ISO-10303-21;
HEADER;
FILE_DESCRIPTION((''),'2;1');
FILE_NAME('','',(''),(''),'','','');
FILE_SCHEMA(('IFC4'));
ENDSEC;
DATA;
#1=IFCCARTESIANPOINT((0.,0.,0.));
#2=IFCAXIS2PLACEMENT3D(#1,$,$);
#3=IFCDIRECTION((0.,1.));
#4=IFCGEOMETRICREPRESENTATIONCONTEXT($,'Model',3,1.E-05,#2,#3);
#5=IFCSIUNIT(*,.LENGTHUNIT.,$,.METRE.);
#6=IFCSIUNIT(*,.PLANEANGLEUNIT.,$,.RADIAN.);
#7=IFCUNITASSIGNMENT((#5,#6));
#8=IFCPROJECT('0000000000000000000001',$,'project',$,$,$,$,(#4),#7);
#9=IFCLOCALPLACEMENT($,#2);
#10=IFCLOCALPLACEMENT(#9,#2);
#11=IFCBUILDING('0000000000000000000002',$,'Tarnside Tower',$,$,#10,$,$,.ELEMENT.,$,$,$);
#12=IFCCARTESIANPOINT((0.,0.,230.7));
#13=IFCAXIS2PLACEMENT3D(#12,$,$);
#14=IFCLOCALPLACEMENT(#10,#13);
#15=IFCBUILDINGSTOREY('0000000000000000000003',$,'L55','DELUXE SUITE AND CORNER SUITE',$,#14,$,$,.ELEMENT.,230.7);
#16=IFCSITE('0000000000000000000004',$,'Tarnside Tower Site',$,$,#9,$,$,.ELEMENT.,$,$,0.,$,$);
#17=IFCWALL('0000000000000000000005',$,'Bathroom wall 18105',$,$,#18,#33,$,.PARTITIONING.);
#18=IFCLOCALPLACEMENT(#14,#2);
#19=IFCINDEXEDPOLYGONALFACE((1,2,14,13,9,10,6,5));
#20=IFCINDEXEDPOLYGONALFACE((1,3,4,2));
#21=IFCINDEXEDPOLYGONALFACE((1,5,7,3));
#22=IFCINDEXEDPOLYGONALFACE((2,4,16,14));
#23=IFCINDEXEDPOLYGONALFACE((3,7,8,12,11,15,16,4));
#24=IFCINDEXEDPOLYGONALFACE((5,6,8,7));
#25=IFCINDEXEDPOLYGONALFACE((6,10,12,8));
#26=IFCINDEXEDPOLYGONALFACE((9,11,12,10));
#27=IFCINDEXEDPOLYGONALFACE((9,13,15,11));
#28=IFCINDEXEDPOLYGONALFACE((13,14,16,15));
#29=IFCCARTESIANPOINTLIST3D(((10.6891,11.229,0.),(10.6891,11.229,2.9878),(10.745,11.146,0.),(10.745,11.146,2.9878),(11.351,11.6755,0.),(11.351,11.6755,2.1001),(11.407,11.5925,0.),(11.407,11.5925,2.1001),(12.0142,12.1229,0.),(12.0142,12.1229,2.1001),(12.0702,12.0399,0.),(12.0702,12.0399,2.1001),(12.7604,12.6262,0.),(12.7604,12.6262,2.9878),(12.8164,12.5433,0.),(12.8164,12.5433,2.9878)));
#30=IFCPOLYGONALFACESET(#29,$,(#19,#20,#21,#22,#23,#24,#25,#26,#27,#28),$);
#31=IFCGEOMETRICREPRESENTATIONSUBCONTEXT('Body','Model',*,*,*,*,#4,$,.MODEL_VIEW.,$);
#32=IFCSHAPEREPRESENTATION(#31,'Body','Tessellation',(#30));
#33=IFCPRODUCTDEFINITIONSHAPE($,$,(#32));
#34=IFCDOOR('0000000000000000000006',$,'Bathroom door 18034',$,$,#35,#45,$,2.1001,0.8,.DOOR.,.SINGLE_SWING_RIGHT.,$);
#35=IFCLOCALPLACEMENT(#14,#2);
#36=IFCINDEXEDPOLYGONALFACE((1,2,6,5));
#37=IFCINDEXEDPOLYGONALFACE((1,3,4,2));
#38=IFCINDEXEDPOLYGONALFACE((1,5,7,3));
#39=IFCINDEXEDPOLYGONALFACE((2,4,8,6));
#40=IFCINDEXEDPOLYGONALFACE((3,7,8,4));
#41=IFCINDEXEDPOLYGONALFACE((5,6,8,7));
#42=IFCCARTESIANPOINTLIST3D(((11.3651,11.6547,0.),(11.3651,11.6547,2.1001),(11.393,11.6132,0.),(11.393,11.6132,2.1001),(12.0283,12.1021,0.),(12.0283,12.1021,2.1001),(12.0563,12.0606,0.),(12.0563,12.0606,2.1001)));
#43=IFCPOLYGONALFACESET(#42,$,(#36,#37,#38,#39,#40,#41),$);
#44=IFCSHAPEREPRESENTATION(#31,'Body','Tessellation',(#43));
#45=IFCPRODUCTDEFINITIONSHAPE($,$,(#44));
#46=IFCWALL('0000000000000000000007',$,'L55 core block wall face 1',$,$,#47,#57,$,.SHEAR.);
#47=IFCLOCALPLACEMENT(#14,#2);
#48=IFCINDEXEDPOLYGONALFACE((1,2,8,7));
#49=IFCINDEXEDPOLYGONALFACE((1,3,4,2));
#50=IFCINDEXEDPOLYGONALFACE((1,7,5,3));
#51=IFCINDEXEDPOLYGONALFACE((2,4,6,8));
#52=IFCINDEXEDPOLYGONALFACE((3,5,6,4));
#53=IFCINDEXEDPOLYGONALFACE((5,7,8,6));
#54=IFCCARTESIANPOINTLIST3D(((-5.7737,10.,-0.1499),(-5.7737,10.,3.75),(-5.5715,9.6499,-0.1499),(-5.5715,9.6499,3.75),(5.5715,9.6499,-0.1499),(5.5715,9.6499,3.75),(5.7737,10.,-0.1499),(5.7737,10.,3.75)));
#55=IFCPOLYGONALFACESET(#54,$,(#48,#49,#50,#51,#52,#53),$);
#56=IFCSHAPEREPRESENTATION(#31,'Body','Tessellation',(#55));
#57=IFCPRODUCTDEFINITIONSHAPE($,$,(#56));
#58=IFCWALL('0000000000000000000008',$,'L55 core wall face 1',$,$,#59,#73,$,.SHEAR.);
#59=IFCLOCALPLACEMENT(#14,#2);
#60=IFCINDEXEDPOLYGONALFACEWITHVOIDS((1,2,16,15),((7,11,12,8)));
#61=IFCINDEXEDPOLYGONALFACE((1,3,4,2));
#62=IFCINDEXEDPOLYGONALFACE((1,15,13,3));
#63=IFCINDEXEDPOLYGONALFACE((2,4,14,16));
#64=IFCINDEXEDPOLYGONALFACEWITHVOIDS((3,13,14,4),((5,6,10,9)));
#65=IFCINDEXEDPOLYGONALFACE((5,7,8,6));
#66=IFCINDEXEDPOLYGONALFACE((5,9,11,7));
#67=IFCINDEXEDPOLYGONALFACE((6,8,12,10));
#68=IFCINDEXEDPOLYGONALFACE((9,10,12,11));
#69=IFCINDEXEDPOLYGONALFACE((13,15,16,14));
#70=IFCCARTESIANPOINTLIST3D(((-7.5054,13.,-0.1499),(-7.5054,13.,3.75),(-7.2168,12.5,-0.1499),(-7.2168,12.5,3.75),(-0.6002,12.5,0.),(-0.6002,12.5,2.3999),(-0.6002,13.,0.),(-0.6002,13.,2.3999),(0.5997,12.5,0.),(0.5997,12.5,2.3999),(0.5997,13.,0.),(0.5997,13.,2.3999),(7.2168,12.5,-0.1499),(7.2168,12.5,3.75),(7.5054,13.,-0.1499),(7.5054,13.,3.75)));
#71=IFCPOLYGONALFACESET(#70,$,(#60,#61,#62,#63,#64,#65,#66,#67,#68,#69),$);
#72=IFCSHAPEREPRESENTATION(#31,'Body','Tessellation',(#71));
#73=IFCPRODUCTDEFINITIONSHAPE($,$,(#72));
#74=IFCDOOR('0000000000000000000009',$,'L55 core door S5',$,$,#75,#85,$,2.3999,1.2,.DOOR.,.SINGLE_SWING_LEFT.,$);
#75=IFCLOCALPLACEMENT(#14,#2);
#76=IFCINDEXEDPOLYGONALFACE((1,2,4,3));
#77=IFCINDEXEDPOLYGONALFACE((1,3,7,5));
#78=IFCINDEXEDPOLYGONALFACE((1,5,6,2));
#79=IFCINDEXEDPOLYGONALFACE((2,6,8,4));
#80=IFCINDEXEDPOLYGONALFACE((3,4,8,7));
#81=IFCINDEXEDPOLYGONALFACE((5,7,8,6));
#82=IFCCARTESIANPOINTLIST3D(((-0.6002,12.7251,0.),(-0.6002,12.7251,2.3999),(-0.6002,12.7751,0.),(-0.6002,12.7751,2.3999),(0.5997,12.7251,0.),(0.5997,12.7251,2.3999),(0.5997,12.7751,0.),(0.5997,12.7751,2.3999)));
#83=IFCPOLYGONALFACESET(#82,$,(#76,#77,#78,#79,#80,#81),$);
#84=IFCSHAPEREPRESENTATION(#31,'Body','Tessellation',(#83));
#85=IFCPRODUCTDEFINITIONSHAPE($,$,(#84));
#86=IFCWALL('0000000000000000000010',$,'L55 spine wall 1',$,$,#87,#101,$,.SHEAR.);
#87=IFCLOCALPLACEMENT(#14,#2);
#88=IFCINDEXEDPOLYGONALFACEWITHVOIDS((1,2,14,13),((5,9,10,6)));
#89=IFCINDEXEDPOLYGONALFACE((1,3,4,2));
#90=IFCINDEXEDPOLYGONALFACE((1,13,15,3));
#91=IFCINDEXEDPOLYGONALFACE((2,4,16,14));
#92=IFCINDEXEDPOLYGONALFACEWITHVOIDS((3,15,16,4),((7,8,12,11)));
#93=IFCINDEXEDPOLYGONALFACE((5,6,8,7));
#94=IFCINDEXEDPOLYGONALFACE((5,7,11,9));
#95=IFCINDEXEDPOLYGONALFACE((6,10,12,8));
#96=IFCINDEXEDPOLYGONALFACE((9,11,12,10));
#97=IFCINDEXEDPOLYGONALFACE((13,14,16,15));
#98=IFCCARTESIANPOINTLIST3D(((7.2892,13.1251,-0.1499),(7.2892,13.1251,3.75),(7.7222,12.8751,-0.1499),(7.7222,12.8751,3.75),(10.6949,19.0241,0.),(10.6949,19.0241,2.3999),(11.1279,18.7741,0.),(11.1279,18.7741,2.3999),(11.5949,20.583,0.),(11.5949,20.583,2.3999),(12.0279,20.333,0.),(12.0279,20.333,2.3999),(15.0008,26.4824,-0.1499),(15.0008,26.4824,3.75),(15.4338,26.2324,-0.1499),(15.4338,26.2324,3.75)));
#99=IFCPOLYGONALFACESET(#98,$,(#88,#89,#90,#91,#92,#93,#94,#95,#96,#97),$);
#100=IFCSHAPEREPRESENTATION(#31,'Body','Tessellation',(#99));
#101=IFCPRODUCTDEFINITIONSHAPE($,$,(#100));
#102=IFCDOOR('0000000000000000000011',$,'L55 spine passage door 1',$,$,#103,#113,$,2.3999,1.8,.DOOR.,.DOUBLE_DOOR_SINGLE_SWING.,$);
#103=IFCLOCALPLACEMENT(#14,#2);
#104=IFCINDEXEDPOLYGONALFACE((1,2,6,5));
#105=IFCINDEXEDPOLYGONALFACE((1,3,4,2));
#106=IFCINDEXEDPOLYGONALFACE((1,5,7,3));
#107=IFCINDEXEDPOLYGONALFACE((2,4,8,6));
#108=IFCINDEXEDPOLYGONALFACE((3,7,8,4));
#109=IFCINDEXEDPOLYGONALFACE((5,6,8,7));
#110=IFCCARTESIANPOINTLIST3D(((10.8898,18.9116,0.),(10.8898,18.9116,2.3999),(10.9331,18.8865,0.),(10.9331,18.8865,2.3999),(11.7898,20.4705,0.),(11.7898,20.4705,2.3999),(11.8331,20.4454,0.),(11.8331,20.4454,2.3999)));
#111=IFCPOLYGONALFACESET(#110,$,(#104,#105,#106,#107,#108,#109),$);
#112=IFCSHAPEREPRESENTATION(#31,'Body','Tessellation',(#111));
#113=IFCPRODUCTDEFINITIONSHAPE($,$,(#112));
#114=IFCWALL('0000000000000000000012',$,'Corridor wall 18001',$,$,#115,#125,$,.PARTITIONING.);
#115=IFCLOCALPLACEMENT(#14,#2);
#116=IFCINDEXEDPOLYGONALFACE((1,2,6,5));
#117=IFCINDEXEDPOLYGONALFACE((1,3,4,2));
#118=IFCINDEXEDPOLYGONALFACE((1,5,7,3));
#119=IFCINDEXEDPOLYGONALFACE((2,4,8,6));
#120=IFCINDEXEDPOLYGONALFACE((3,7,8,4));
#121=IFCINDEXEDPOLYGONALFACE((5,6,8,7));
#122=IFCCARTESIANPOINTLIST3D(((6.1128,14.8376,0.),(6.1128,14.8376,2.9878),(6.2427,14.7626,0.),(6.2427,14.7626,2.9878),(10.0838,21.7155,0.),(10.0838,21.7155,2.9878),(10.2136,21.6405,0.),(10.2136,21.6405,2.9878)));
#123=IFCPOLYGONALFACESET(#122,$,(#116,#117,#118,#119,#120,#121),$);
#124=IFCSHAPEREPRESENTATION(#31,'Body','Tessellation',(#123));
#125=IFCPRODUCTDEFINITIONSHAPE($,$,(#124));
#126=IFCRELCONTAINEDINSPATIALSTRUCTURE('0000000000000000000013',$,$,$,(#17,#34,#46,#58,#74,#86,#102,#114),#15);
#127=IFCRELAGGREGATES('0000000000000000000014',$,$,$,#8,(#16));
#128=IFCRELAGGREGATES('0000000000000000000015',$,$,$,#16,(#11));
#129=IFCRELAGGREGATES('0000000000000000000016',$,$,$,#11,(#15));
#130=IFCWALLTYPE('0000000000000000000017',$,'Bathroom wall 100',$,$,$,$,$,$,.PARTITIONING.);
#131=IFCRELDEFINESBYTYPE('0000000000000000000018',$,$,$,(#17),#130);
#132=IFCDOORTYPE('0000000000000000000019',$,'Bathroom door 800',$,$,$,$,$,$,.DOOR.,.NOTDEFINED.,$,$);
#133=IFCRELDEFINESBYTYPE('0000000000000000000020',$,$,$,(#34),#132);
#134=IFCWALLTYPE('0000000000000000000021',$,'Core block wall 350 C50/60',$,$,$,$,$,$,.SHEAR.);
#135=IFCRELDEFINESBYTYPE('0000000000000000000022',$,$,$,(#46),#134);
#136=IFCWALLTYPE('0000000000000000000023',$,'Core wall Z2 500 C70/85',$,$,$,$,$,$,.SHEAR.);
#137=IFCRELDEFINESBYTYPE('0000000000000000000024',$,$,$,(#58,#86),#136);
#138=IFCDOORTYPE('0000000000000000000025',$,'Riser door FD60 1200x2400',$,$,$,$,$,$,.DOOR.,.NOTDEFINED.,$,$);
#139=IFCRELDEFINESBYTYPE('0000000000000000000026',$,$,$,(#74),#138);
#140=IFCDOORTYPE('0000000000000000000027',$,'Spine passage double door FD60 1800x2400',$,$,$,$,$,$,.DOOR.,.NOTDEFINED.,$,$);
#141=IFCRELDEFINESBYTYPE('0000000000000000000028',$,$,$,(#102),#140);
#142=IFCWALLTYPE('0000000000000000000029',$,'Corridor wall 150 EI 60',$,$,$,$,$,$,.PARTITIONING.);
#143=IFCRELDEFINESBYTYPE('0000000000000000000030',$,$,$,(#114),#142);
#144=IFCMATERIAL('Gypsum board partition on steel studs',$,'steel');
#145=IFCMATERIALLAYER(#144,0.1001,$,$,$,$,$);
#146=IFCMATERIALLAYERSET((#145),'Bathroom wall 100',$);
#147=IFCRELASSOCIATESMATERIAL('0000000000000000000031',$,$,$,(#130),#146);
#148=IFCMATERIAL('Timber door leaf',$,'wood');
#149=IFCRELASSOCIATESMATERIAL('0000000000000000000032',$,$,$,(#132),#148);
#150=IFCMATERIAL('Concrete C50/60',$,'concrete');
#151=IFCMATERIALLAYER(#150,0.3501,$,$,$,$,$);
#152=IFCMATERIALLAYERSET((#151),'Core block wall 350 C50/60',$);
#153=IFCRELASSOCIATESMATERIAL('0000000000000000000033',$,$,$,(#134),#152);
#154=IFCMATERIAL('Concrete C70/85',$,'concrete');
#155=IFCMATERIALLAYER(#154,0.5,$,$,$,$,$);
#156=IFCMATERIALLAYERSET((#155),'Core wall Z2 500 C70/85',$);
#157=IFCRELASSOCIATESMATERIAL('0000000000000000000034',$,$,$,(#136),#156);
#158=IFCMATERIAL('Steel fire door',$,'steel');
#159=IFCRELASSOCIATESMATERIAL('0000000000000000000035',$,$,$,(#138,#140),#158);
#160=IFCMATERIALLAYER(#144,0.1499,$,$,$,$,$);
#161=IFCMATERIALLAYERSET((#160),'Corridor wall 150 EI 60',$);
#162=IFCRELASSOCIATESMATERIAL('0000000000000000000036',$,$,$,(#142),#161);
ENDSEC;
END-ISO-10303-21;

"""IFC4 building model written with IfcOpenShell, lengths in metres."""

from ifc_helpers import new_model, si_unit, direction, frame, frame_2d, origin, place, context, subcontext, project, spatial, polyline, rectangle, outline, extrude, material, layer, layer_set, type_object, element, fill, save


model = new_model("IFC4")

# Units and contexts
model_context = context("Model", 3, precision=1e-05, world=origin(), true_north=direction((0.0, 1.0)))
body_context = subcontext(model_context, "Body", "Model", "MODEL_VIEW")
ifc_project = project(units=[si_unit("LENGTHUNIT", "METRE"), si_unit("PLANEANGLEUNIT", "RADIAN")], contexts=[model_context])

# Site, building, storey
site_placement = place(None, origin())
site = spatial("IfcSite", under=ifc_project, at=site_placement, Name="Tarnside Tower Site", CompositionType="ELEMENT", RefElevation=0.0)
building_placement = place(site_placement, origin())
building = spatial("IfcBuilding", under=site, at=building_placement, Name="Tarnside Tower", CompositionType="ELEMENT")
storey_placement = place(building_placement, frame((0.0, 0.0, 230.7)))
storey = spatial("IfcBuildingStorey", under=building, at=storey_placement, Name="L55", Description="DELUXE SUITE AND CORNER SUITE", CompositionType="ELEMENT", Elevation=230.7)

# Wall, opening, door
ifc_material_1 = material(Name="Gypsum board partition on steel studs", Category="steel")
ifc_layer_1 = layer(ifc_material_1, 0.1001)
ifc_layer_set_1 = layer_set([ifc_layer_1], Name="Bathroom wall 100")
wall_type_1 = type_object("IfcWallType", Name="Bathroom wall 100", PredefinedType="PARTITIONING", material=ifc_layer_set_1)
wall_1_placement = place(storey_placement, frame((10.717, 11.1875, 0.0), z_axis=(0.0, 0.0, 1.0), x_axis=(0.829016, 0.559224, 0.0)))
wall_1 = element("IfcWall", 1, at=wall_1_placement, inside=storey, type_object=wall_type_1, Name="Bathroom wall 18105", PredefinedType="PARTITIONING", context=body_context, shape_type="SweptSolid", body=[
    extrude(rectangle(XDim=2.4985, YDim=0.1001, at=frame_2d((1.2493, 0.0))), origin(), (0.0, 0.0, 1.0), 2.9878),
])
opening_1_placement = place(wall_1_placement, frame((0.7986, 0.0, 0.0)))
opening_1 = element("IfcOpeningElement", 2, at=opening_1_placement, cuts=wall_1, PredefinedType="OPENING", context=body_context, shape_type="SweptSolid", body=[
    extrude(rectangle(XDim=0.8, YDim=2.1001, at=frame_2d((0.3999, 1.05))), frame((0.0, 0.0601, 0.0), z_axis=(0.0, -1.0, 0.0), x_axis=(1.0, 0.0, 0.0)), (0.0, 0.0, 1.0), 0.1201),
])
ifc_material_2 = material(Name="Timber door leaf", Category="wood")
door_type_1 = type_object("IfcDoorType", Name="Bathroom door 800", OperationType="NOTDEFINED", PredefinedType="DOOR", material=ifc_material_2)
door_1_placement = place(opening_1_placement, origin())
door_1 = element("IfcDoor", 3, at=door_1_placement, inside=storey, type_object=door_type_1, Name="Bathroom door 18034", OperationType="SINGLE_SWING_RIGHT", OverallHeight=2.1001, OverallWidth=0.8, PredefinedType="DOOR", context=body_context, shape_type="SweptSolid", body=[
    extrude(rectangle(XDim=0.8, YDim=2.1001, at=frame_2d((0.3999, 1.05))), frame((0.0, 0.0249, 0.0), z_axis=(0.0, -1.0, 0.0), x_axis=(1.0, 0.0, 0.0)), (0.0, 0.0, 1.0), 0.05),
])
fill(opening_1, door_1)

# Wall
ifc_material_3 = material(Name="Concrete C50/60", Category="concrete")
ifc_layer_2 = layer(ifc_material_3, 0.3501)
ifc_layer_set_2 = layer_set([ifc_layer_2], Name="Core block wall 350 C50/60")
wall_type_2 = type_object("IfcWallType", Name="Core block wall 350 C50/60", PredefinedType="SHEAR", material=ifc_layer_set_2)
wall_2_placement = place(storey_placement, frame((5.6726, 9.825, -0.1499), z_axis=(0.0, 0.0, 1.0), x_axis=(-1.0, 0.0, 0.0)))
element("IfcWall", 4, at=wall_2_placement, inside=storey, type_object=wall_type_2, Name="L55 core block wall face 1", PredefinedType="SHEAR", context=body_context, shape_type="SweptSolid", body=[
    extrude(outline(polyline([(-0.1011, -0.175), (11.4463, -0.175), (11.2441, 0.175), (0.1011, 0.175), (-0.1011, -0.175)])), origin(), (0.0, 0.0, 1.0), 3.8999),
])

# Walls, openings, doors
ifc_material_4 = material(Name="Concrete C70/85", Category="concrete")
ifc_layer_3 = layer(ifc_material_4, 0.5)
ifc_layer_set_3 = layer_set([ifc_layer_3], Name="Core wall Z2 500 C70/85")
wall_type_3 = type_object("IfcWallType", Name="Core wall Z2 500 C70/85", PredefinedType="SHEAR", material=ifc_layer_set_3)
wall_3_placement = place(storey_placement, frame((7.3611, 12.75, -0.1499), z_axis=(0.0, 0.0, 1.0), x_axis=(-1.0, 0.0, 0.0)))
wall_3 = element("IfcWall", 5, at=wall_3_placement, inside=storey, type_object=wall_type_3, Name="L55 core wall face 1", PredefinedType="SHEAR", context=body_context, shape_type="SweptSolid", body=[
    extrude(outline(polyline([(-0.1443, -0.25), (14.8665, -0.25), (14.5779, 0.25), (0.1443, 0.25), (-0.1443, -0.25)])), origin(), (0.0, 0.0, 1.0), 3.8999),
])
opening_2_placement = place(wall_3_placement, frame((6.7612, 0.0, 0.1499)))
opening_2 = element("IfcOpeningElement", 6, at=opening_2_placement, cuts=wall_3, PredefinedType="OPENING", context=body_context, shape_type="SweptSolid", body=[
    extrude(rectangle(XDim=1.2, YDim=2.3999, at=frame_2d((0.6001, 1.2))), frame((0.0, 0.26, 0.0), z_axis=(0.0, -1.0, 0.0), x_axis=(1.0, 0.0, 0.0)), (0.0, 0.0, 1.0), 0.52),
])
ifc_material_5 = material(Name="Steel fire door", Category="steel")
door_type_2 = type_object("IfcDoorType", Name="Riser door FD60 1200x2400", OperationType="NOTDEFINED", PredefinedType="DOOR", material=ifc_material_5)
door_2_placement = place(opening_2_placement, origin())
door_2 = element("IfcDoor", 7, at=door_2_placement, inside=storey, type_object=door_type_2, Name="L55 core door S5", OperationType="SINGLE_SWING_LEFT", OverallHeight=2.3999, OverallWidth=1.2, PredefinedType="DOOR", context=body_context, shape_type="SweptSolid", body=[
    extrude(rectangle(XDim=1.2, YDim=2.3999, at=frame_2d((0.6001, 1.2))), frame((0.0, 0.0249, 0.0), z_axis=(0.0, -1.0, 0.0), x_axis=(1.0, 0.0, 0.0)), (0.0, 0.0, 1.0), 0.05),
])
fill(opening_2, door_2)
wall_4_placement = place(storey_placement, frame((7.5056, 13.0, -0.1499), z_axis=(0.0, 0.0, 1.0), x_axis=(0.499988, 0.866032, 0.0)))
wall_4 = element("IfcWall", 8, at=wall_4_placement, inside=storey, type_object=wall_type_3, Name="L55 spine wall 1", PredefinedType="SHEAR", context=body_context, shape_type="SweptSolid", body=[
    extrude(rectangle(XDim=15.4236, YDim=0.5, at=frame_2d((7.7119, 0.0))), origin(), (0.0, 0.0, 1.0), 3.8999),
])
opening_3_placement = place(wall_4_placement, frame((6.8118, 0.0, 0.1499)))
opening_3 = element("IfcOpeningElement", 9, at=opening_3_placement, cuts=wall_4, PredefinedType="OPENING", context=body_context, shape_type="SweptSolid", body=[
    extrude(rectangle(XDim=1.8, YDim=2.3999, at=frame_2d((0.8999, 1.2))), frame((0.0, 0.26, 0.0), z_axis=(0.0, -1.0, 0.0), x_axis=(1.0, 0.0, 0.0)), (0.0, 0.0, 1.0), 0.52),
])
door_type_3 = type_object("IfcDoorType", Name="Spine passage double door FD60 1800x2400", OperationType="NOTDEFINED", PredefinedType="DOOR", material=ifc_material_5)
door_3_placement = place(opening_3_placement, origin())
door_3 = element("IfcDoor", 10, at=door_3_placement, inside=storey, type_object=door_type_3, Name="L55 spine passage door 1", OperationType="DOUBLE_DOOR_SINGLE_SWING", OverallHeight=2.3999, OverallWidth=1.8, PredefinedType="DOOR", context=body_context, shape_type="SweptSolid", body=[
    extrude(rectangle(XDim=1.8, YDim=2.3999, at=frame_2d((0.8999, 1.2))), frame((0.0, 0.0249, 0.0), z_axis=(0.0, -1.0, 0.0), x_axis=(1.0, 0.0, 0.0)), (0.0, 0.0, 1.0), 0.05),
])
fill(opening_3, door_3)

# Wall
ifc_layer_4 = layer(ifc_material_1, 0.1499)
ifc_layer_set_4 = layer_set([ifc_layer_4], Name="Corridor wall 150 EI 60")
wall_type_4 = type_object("IfcWallType", Name="Corridor wall 150 EI 60", PredefinedType="PARTITIONING", material=ifc_layer_set_4)
wall_5_placement = place(storey_placement, frame((10.1487, 21.678, 0.0), z_axis=(0.0, 0.0, 1.0), x_axis=(-0.499997, -0.866027, 0.0)))
element("IfcWall", 11, at=wall_5_placement, inside=storey, type_object=wall_type_4, Name="Corridor wall 18001", PredefinedType="PARTITIONING", context=body_context, shape_type="SweptSolid", body=[
    extrude(rectangle(XDim=7.9419, YDim=0.1499, at=frame_2d((3.9709, 0.0))), origin(), (0.0, 0.0, 1.0), 2.9878),
])

save(model, "model.ifc")
